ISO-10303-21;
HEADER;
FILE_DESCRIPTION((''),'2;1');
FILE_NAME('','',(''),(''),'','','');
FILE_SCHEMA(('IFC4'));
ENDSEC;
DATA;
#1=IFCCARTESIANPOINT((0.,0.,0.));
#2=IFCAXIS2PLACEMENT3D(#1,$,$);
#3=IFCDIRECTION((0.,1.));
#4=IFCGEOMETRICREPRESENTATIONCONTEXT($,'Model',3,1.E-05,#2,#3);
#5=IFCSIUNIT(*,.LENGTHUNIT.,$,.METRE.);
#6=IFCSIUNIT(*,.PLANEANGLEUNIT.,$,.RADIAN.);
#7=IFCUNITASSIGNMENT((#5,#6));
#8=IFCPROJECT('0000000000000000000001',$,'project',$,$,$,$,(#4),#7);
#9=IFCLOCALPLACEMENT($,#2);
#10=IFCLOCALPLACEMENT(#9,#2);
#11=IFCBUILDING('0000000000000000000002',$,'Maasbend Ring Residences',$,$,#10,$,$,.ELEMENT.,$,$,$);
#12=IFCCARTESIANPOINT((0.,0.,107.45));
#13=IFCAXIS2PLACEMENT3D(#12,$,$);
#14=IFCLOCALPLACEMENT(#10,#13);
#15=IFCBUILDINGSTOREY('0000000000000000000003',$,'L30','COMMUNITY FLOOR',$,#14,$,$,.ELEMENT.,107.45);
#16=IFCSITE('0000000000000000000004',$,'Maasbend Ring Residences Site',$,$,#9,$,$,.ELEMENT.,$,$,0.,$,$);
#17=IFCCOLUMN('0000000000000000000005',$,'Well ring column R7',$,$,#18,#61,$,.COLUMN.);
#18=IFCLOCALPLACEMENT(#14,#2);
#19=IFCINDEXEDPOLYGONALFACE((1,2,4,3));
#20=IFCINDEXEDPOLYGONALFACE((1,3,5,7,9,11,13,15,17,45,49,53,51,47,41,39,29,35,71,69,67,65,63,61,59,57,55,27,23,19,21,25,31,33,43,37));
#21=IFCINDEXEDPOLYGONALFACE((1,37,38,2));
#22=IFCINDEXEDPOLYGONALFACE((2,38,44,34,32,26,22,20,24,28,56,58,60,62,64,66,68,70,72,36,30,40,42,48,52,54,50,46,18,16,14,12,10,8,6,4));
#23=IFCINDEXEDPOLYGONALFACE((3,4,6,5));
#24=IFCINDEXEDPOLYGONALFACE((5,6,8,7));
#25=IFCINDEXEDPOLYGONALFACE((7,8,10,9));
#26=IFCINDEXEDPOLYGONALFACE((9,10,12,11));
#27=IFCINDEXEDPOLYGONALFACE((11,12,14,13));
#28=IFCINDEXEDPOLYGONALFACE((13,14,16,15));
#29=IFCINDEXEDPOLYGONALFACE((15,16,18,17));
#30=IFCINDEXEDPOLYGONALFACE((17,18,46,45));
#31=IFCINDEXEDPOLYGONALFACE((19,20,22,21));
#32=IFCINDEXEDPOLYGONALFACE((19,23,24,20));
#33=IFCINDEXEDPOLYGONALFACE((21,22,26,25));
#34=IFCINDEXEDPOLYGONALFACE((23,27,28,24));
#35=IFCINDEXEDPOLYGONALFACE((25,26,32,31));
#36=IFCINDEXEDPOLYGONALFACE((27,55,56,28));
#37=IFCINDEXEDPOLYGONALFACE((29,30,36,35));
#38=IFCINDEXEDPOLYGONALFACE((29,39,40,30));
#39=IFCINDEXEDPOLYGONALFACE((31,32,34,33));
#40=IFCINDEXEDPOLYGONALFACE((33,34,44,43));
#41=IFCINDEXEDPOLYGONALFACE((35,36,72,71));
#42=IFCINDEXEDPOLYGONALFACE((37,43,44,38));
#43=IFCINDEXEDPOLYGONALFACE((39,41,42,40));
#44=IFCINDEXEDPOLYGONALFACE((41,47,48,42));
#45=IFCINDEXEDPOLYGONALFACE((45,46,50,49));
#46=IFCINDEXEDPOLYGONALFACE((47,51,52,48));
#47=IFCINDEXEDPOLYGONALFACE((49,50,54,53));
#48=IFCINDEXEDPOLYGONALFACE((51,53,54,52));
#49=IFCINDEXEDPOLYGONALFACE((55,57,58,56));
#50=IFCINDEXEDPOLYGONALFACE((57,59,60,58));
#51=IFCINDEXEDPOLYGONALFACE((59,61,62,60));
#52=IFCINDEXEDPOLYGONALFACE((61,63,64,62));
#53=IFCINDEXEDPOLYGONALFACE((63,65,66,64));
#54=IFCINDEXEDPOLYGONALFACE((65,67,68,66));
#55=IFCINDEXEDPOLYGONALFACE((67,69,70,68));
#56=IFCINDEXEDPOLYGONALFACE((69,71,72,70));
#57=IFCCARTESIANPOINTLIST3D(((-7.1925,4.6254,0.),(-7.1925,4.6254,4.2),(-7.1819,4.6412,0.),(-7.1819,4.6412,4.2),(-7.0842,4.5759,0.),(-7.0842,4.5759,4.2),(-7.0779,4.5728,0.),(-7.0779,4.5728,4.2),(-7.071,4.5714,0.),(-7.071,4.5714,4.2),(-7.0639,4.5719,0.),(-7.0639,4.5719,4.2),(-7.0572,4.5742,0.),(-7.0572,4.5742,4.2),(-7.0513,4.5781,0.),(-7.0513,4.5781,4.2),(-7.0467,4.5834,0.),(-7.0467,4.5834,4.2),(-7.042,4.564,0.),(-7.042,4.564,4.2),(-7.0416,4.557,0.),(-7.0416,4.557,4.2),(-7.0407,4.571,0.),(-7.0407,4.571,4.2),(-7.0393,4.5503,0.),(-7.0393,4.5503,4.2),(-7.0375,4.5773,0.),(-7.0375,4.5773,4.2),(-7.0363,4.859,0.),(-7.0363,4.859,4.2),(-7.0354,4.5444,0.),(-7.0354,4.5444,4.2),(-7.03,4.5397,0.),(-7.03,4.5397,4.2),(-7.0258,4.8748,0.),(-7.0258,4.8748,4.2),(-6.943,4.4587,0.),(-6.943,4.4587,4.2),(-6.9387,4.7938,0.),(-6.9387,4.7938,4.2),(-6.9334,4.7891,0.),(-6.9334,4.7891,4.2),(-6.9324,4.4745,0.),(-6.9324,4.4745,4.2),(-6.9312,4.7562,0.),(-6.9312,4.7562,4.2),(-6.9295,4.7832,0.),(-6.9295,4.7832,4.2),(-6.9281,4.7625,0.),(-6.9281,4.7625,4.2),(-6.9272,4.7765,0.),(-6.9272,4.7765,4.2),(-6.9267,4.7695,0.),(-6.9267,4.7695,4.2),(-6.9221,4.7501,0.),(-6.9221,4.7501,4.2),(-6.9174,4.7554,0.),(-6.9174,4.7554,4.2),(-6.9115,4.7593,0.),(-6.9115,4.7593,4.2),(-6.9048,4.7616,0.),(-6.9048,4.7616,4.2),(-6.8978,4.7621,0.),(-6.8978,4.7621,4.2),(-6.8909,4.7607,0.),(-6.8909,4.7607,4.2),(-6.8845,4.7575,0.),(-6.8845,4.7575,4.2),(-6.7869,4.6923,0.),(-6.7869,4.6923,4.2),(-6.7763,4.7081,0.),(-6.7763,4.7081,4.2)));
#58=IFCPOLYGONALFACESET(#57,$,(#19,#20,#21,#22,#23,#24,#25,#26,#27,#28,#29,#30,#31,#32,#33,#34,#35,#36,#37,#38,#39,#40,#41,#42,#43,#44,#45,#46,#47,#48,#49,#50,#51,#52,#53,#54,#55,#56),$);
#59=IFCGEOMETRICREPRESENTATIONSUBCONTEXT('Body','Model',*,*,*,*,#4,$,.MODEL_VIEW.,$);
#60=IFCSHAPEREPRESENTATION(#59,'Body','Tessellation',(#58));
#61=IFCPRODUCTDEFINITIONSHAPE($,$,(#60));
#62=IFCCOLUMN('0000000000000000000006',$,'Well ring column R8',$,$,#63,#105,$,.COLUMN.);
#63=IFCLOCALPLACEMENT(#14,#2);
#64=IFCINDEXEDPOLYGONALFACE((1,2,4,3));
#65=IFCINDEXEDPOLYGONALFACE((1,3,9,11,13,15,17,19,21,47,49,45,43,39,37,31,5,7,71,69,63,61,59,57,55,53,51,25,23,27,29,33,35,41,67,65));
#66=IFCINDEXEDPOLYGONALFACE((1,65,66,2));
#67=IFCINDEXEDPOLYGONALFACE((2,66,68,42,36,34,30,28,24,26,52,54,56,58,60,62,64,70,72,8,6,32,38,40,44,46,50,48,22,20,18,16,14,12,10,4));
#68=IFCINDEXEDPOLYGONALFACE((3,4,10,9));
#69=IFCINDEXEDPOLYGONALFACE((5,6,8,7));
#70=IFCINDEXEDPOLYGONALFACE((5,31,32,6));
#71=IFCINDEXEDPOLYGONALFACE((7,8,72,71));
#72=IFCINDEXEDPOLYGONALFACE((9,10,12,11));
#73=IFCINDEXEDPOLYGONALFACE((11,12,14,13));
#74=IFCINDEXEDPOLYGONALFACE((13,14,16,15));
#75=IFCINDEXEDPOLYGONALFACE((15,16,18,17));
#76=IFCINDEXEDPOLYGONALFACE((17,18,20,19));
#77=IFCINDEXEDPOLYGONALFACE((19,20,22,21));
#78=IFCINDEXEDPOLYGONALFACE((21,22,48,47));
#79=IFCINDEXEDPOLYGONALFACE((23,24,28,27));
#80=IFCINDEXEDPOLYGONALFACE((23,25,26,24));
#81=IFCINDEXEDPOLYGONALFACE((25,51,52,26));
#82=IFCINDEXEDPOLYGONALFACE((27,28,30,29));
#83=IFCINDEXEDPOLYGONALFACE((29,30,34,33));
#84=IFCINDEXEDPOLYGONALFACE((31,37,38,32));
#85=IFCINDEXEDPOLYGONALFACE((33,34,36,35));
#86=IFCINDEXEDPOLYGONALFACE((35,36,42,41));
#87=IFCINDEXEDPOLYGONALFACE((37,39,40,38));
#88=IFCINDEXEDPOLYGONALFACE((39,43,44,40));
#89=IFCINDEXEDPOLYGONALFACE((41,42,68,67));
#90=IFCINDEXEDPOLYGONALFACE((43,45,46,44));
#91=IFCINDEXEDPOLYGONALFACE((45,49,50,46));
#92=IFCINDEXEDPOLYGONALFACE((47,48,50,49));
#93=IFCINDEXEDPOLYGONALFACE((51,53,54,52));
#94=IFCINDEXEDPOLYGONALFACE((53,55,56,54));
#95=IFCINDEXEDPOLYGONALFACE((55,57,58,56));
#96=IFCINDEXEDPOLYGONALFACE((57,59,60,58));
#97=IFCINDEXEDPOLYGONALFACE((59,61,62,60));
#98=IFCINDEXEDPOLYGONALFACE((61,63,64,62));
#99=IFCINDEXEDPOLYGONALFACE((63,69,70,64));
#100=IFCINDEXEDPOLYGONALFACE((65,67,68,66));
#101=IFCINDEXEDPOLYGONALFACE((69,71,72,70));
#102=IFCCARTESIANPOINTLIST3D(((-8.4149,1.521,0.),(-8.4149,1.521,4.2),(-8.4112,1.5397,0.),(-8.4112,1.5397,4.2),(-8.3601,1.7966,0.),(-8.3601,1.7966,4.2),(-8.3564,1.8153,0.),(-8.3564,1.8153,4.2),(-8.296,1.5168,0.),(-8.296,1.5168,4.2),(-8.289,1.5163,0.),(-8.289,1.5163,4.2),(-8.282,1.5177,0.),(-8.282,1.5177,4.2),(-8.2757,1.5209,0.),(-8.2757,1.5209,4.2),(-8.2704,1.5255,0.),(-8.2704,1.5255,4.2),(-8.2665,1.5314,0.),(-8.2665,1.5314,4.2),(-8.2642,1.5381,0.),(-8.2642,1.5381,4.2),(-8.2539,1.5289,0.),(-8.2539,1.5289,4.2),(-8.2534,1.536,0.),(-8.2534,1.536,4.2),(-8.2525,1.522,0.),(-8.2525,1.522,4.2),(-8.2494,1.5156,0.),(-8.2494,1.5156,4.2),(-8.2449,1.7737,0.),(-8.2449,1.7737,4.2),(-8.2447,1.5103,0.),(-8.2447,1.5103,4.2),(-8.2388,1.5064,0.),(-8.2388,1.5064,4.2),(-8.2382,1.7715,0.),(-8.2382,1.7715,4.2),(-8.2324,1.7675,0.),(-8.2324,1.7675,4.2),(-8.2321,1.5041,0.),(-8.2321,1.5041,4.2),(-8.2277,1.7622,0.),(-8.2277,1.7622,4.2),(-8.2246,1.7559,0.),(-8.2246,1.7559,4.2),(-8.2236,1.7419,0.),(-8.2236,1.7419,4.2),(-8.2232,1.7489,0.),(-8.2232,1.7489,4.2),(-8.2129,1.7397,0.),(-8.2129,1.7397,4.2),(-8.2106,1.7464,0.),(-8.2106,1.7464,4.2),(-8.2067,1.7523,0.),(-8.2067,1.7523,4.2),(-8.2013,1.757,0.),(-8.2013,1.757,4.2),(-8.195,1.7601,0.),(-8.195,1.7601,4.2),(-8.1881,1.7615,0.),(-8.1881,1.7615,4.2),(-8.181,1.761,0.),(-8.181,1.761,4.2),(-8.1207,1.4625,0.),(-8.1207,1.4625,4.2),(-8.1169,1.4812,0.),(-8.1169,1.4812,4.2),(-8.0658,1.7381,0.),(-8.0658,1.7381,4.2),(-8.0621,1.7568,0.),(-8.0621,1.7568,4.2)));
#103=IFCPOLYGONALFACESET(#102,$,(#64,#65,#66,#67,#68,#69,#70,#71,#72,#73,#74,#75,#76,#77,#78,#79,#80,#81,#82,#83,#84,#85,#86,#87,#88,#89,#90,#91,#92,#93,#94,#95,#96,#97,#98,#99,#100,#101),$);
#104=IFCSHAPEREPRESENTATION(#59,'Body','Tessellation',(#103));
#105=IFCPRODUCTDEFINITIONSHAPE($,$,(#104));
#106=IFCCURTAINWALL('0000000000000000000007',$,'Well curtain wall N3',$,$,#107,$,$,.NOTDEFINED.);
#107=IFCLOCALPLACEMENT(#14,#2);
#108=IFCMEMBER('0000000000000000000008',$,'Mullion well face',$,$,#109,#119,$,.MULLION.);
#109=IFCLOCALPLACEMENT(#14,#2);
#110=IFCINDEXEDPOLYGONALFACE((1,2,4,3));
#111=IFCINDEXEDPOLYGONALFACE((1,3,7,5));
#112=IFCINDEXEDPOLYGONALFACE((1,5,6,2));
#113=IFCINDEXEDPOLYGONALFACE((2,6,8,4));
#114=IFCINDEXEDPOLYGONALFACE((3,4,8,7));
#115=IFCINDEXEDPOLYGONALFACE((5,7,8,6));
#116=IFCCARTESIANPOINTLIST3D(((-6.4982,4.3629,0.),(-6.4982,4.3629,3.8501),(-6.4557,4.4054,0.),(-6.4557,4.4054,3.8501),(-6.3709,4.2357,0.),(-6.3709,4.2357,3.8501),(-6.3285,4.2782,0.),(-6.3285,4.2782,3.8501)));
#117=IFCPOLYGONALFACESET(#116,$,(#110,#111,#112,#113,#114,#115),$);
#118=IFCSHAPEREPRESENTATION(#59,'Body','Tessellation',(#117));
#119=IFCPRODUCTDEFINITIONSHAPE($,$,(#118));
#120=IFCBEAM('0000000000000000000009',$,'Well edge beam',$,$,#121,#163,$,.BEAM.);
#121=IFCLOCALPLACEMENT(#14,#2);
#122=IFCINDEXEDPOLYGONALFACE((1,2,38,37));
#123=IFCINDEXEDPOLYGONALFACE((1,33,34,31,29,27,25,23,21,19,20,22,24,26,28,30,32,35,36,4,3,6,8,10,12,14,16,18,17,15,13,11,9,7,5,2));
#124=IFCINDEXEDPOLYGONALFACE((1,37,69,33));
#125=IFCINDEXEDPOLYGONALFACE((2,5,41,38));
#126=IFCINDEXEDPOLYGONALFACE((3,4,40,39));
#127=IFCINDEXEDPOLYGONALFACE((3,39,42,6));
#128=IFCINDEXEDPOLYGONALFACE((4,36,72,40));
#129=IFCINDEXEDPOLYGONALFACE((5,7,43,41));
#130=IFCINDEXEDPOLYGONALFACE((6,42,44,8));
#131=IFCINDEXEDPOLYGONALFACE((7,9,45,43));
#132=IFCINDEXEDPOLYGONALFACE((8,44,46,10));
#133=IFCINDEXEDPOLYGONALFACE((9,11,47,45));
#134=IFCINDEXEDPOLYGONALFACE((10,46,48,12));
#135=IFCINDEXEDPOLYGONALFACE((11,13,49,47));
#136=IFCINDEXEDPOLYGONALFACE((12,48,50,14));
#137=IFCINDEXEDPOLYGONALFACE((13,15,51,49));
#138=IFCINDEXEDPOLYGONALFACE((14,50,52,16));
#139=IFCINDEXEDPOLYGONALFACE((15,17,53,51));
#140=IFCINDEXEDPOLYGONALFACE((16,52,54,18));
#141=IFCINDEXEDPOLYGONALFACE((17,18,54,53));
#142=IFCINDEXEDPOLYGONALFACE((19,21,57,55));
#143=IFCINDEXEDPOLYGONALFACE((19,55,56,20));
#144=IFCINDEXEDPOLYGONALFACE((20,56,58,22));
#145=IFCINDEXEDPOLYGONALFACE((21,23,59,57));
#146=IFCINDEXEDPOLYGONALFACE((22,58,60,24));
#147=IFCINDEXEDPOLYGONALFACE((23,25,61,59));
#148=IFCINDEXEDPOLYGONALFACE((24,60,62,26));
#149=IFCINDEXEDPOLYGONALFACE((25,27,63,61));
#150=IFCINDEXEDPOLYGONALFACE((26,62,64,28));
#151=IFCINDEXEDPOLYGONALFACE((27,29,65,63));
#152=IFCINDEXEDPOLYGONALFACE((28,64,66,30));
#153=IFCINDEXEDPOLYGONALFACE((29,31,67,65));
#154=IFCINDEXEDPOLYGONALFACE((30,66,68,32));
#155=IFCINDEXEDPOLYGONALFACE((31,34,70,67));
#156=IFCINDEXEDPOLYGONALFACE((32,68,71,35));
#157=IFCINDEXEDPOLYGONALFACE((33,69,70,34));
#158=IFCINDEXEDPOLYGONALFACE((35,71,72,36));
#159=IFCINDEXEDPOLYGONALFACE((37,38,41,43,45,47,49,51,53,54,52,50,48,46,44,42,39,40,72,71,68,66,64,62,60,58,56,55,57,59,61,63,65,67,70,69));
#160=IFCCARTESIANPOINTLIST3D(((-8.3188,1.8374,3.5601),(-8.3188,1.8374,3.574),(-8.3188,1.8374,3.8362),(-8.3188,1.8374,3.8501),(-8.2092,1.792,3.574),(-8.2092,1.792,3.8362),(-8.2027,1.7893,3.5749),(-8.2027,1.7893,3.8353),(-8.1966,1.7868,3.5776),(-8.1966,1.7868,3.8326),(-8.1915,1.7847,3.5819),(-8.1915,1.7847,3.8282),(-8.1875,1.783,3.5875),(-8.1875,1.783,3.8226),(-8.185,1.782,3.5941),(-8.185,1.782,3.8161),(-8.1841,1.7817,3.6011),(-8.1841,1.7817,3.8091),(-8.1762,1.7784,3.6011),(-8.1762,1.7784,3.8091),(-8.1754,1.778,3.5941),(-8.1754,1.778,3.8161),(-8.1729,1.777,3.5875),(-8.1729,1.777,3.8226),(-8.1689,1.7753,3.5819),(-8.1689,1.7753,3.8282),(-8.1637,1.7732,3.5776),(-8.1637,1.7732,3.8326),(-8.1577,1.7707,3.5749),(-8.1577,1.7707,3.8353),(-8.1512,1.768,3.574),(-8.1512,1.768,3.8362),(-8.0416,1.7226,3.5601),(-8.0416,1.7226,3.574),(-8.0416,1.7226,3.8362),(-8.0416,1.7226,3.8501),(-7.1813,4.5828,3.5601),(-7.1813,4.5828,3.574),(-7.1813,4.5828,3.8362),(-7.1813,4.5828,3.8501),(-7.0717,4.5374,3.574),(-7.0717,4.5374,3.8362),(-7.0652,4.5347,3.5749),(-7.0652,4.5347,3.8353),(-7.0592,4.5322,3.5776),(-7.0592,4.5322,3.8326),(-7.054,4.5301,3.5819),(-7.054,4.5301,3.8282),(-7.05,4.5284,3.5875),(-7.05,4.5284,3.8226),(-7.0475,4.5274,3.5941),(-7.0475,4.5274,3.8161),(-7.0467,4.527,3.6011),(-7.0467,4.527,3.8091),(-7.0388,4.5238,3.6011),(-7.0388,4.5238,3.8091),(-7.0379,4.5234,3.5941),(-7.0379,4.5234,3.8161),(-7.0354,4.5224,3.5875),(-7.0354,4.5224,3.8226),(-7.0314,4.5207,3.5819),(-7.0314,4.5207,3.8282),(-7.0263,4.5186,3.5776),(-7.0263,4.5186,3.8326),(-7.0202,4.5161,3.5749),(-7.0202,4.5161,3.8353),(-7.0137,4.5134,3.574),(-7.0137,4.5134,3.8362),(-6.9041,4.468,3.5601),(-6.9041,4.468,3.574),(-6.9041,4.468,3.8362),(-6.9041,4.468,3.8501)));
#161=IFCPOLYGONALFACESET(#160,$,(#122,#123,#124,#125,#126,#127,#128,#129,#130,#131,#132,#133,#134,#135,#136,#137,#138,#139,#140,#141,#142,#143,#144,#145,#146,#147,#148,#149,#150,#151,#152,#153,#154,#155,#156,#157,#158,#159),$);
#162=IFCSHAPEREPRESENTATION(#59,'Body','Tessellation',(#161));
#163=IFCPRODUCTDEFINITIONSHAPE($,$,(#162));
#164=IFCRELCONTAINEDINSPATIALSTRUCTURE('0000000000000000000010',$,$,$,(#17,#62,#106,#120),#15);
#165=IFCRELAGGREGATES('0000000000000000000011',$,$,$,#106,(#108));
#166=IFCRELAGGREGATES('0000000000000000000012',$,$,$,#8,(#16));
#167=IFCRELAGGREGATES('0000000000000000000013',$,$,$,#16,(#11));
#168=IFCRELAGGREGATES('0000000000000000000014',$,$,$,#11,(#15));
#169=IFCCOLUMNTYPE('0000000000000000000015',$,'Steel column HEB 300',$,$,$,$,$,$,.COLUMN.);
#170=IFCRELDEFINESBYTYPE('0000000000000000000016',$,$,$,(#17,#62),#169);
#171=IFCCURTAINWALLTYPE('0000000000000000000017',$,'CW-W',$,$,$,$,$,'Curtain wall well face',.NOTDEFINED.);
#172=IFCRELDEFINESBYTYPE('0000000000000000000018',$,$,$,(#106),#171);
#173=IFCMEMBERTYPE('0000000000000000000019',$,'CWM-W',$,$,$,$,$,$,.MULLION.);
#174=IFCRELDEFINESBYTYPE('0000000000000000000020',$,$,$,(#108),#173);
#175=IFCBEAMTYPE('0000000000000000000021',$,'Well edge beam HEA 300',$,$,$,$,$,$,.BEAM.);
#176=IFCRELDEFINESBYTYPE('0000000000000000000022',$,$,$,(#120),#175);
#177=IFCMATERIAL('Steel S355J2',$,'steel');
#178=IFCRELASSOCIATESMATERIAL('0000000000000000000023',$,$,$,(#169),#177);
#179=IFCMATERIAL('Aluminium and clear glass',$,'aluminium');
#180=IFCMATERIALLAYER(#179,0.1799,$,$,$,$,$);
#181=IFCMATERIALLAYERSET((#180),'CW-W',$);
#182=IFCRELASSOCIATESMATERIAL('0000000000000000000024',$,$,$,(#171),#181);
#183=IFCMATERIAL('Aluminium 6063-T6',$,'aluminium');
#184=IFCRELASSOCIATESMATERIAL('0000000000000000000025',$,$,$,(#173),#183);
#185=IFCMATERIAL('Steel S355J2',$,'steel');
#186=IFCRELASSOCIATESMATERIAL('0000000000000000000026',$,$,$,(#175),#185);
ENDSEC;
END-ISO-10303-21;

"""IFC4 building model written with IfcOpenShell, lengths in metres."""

from ifc_helpers import new_model, si_unit, direction, frame, origin, origin_2d, place, context, subcontext, project, spatial, rectangle, i_section, extrude, material, layer, layer_set, material_profile, profile_set, type_object, element, aggregate, save


model = new_model("IFC4")

# Units and contexts
model_context = context("Model", 3, precision=1e-05, world=origin(), true_north=direction((0.0, 1.0)))
body_context = subcontext(model_context, "Body", "Model", "MODEL_VIEW")
ifc_project = project(units=[si_unit("LENGTHUNIT", "METRE"), si_unit("PLANEANGLEUNIT", "RADIAN")], contexts=[model_context])

# Site, building, storey
site_placement = place(None, origin())
site = spatial("IfcSite", under=ifc_project, at=site_placement, Name="Maasbend Ring Residences Site", CompositionType="ELEMENT", RefElevation=0.0)
building_placement = place(site_placement, origin())
building = spatial("IfcBuilding", under=site, at=building_placement, Name="Maasbend Ring Residences", CompositionType="ELEMENT")
storey_placement = place(building_placement, frame((0.0, 0.0, 107.45)))
storey = spatial("IfcBuildingStorey", under=building, at=storey_placement, Name="L30", Description="COMMUNITY FLOOR", CompositionType="ELEMENT", Elevation=107.45)

# Columns
ifc_material_1 = material(Name="Steel S355J2", Category="steel")
ifc_material_profile_1 = material_profile(ifc_material_1, i_section(OverallWidth=0.3, OverallDepth=0.3, WebThickness=0.011, FlangeThickness=0.019, FilletRadius=0.0271, at=origin_2d()), Name="HEB 300")
ifc_profile_set_1 = profile_set([ifc_material_profile_1], Name="Steel S355J2")
column_type = type_object("IfcColumnType", Name="Steel column HEB 300", PredefinedType="COLUMN", material=ifc_profile_set_1)
for number, where, z_axis, x_axis, name in (
    (1, (-6.9844, 4.6667, 0.0), (0.0, 0.0, 1.0), (-0.83147, 0.55557, 0.0), "Well ring column R7"),
    (2, (-8.2385, 1.6389, 0.0), (0.0, 0.0, 1.0), (-0.980785, 0.19509, 0.0), "Well ring column R8"),
):
    element("IfcColumn", number, at=place(storey_placement, frame(where, z_axis=z_axis, x_axis=x_axis)), inside=storey, type_object=column_type, Name=name, PredefinedType="COLUMN", context=body_context, shape_type="SweptSolid", body=[
        extrude(i_section(OverallWidth=0.3, OverallDepth=0.3, WebThickness=0.011, FlangeThickness=0.019, FilletRadius=0.0271, at=origin_2d()), origin(), (0.0, 0.0, 1.0), 4.2),
    ])

# Curtain wall, member
ifc_material_2 = material(Name="Aluminium and clear glass", Category="aluminium")
ifc_layer_1 = layer(ifc_material_2, 0.1799)
ifc_layer_set_1 = layer_set([ifc_layer_1], Name="CW-W")
curtain_wall_type = type_object("IfcCurtainWallType", Name="CW-W", ElementType="Curtain wall well face", PredefinedType="NOTDEFINED", material=ifc_layer_set_1)
curtain_wall_placement = place(storey_placement, origin())
curtain_wall = element("IfcCurtainWall", 3, at=curtain_wall_placement, inside=storey, type_object=curtain_wall_type, Name="Well curtain wall N3", PredefinedType="NOTDEFINED")
ifc_material_3 = material(Name="Aluminium 6063-T6", Category="aluminium")
ifc_material_profile_2 = material_profile(ifc_material_3, rectangle(XDim=0.1799, YDim=0.0601, at=origin_2d()), Name="AL 180x60")
ifc_profile_set_2 = profile_set([ifc_material_profile_2], Name="Aluminium 6063-T6")
member_type = type_object("IfcMemberType", Name="CWM-W", PredefinedType="MULLION", material=ifc_profile_set_2)
member_placement = place(storey_placement, frame((-6.4133, 4.3206, 0.0), z_axis=(0.0, 0.0, 1.0), x_axis=(0.707107, -0.707107, 0.0)))
member = element("IfcMember", 4, at=member_placement, type_object=member_type, Name="Mullion well face", PredefinedType="MULLION", context=body_context, shape_type="SweptSolid", body=[
    extrude(rectangle(XDim=0.1799, YDim=0.0601, at=origin_2d()), origin(), (0.0, 0.0, 1.0), 3.8501),
])

# Beam
ifc_material_4 = material(Name="Steel S355J2", Category="steel")
ifc_material_profile_3 = material_profile(ifc_material_4, i_section(OverallWidth=0.3, OverallDepth=0.29, WebThickness=0.0085, FlangeThickness=0.0139, FilletRadius=0.0271, at=origin_2d()), Name="HEA 300")
ifc_profile_set_3 = profile_set([ifc_material_profile_3], Name="Steel S355J2")
beam_type = type_object("IfcBeamType", Name="Well edge beam HEA 300", PredefinedType="BEAM", material=ifc_profile_set_3)
for number, where, z_axis, x_axis, name in (
    (5, (-7.0427, 4.5254, 3.7051), (-0.382765, -0.923846, 0.0), (0.923846, -0.382765, 0.0), "Well edge beam"),
):
    element("IfcBeam", number, at=place(storey_placement, frame(where, z_axis=z_axis, x_axis=x_axis)), inside=storey, type_object=beam_type, Name=name, PredefinedType="BEAM", context=body_context, shape_type="SweptSolid", body=[
        extrude(i_section(OverallWidth=0.3, OverallDepth=0.29, WebThickness=0.0085, FlangeThickness=0.0139, FilletRadius=0.0271, at=origin_2d()), origin(), (0.0, 0.0, 1.0), 2.9717),
    ])

aggregate(curtain_wall, [member])

save(model, "model.ifc")
